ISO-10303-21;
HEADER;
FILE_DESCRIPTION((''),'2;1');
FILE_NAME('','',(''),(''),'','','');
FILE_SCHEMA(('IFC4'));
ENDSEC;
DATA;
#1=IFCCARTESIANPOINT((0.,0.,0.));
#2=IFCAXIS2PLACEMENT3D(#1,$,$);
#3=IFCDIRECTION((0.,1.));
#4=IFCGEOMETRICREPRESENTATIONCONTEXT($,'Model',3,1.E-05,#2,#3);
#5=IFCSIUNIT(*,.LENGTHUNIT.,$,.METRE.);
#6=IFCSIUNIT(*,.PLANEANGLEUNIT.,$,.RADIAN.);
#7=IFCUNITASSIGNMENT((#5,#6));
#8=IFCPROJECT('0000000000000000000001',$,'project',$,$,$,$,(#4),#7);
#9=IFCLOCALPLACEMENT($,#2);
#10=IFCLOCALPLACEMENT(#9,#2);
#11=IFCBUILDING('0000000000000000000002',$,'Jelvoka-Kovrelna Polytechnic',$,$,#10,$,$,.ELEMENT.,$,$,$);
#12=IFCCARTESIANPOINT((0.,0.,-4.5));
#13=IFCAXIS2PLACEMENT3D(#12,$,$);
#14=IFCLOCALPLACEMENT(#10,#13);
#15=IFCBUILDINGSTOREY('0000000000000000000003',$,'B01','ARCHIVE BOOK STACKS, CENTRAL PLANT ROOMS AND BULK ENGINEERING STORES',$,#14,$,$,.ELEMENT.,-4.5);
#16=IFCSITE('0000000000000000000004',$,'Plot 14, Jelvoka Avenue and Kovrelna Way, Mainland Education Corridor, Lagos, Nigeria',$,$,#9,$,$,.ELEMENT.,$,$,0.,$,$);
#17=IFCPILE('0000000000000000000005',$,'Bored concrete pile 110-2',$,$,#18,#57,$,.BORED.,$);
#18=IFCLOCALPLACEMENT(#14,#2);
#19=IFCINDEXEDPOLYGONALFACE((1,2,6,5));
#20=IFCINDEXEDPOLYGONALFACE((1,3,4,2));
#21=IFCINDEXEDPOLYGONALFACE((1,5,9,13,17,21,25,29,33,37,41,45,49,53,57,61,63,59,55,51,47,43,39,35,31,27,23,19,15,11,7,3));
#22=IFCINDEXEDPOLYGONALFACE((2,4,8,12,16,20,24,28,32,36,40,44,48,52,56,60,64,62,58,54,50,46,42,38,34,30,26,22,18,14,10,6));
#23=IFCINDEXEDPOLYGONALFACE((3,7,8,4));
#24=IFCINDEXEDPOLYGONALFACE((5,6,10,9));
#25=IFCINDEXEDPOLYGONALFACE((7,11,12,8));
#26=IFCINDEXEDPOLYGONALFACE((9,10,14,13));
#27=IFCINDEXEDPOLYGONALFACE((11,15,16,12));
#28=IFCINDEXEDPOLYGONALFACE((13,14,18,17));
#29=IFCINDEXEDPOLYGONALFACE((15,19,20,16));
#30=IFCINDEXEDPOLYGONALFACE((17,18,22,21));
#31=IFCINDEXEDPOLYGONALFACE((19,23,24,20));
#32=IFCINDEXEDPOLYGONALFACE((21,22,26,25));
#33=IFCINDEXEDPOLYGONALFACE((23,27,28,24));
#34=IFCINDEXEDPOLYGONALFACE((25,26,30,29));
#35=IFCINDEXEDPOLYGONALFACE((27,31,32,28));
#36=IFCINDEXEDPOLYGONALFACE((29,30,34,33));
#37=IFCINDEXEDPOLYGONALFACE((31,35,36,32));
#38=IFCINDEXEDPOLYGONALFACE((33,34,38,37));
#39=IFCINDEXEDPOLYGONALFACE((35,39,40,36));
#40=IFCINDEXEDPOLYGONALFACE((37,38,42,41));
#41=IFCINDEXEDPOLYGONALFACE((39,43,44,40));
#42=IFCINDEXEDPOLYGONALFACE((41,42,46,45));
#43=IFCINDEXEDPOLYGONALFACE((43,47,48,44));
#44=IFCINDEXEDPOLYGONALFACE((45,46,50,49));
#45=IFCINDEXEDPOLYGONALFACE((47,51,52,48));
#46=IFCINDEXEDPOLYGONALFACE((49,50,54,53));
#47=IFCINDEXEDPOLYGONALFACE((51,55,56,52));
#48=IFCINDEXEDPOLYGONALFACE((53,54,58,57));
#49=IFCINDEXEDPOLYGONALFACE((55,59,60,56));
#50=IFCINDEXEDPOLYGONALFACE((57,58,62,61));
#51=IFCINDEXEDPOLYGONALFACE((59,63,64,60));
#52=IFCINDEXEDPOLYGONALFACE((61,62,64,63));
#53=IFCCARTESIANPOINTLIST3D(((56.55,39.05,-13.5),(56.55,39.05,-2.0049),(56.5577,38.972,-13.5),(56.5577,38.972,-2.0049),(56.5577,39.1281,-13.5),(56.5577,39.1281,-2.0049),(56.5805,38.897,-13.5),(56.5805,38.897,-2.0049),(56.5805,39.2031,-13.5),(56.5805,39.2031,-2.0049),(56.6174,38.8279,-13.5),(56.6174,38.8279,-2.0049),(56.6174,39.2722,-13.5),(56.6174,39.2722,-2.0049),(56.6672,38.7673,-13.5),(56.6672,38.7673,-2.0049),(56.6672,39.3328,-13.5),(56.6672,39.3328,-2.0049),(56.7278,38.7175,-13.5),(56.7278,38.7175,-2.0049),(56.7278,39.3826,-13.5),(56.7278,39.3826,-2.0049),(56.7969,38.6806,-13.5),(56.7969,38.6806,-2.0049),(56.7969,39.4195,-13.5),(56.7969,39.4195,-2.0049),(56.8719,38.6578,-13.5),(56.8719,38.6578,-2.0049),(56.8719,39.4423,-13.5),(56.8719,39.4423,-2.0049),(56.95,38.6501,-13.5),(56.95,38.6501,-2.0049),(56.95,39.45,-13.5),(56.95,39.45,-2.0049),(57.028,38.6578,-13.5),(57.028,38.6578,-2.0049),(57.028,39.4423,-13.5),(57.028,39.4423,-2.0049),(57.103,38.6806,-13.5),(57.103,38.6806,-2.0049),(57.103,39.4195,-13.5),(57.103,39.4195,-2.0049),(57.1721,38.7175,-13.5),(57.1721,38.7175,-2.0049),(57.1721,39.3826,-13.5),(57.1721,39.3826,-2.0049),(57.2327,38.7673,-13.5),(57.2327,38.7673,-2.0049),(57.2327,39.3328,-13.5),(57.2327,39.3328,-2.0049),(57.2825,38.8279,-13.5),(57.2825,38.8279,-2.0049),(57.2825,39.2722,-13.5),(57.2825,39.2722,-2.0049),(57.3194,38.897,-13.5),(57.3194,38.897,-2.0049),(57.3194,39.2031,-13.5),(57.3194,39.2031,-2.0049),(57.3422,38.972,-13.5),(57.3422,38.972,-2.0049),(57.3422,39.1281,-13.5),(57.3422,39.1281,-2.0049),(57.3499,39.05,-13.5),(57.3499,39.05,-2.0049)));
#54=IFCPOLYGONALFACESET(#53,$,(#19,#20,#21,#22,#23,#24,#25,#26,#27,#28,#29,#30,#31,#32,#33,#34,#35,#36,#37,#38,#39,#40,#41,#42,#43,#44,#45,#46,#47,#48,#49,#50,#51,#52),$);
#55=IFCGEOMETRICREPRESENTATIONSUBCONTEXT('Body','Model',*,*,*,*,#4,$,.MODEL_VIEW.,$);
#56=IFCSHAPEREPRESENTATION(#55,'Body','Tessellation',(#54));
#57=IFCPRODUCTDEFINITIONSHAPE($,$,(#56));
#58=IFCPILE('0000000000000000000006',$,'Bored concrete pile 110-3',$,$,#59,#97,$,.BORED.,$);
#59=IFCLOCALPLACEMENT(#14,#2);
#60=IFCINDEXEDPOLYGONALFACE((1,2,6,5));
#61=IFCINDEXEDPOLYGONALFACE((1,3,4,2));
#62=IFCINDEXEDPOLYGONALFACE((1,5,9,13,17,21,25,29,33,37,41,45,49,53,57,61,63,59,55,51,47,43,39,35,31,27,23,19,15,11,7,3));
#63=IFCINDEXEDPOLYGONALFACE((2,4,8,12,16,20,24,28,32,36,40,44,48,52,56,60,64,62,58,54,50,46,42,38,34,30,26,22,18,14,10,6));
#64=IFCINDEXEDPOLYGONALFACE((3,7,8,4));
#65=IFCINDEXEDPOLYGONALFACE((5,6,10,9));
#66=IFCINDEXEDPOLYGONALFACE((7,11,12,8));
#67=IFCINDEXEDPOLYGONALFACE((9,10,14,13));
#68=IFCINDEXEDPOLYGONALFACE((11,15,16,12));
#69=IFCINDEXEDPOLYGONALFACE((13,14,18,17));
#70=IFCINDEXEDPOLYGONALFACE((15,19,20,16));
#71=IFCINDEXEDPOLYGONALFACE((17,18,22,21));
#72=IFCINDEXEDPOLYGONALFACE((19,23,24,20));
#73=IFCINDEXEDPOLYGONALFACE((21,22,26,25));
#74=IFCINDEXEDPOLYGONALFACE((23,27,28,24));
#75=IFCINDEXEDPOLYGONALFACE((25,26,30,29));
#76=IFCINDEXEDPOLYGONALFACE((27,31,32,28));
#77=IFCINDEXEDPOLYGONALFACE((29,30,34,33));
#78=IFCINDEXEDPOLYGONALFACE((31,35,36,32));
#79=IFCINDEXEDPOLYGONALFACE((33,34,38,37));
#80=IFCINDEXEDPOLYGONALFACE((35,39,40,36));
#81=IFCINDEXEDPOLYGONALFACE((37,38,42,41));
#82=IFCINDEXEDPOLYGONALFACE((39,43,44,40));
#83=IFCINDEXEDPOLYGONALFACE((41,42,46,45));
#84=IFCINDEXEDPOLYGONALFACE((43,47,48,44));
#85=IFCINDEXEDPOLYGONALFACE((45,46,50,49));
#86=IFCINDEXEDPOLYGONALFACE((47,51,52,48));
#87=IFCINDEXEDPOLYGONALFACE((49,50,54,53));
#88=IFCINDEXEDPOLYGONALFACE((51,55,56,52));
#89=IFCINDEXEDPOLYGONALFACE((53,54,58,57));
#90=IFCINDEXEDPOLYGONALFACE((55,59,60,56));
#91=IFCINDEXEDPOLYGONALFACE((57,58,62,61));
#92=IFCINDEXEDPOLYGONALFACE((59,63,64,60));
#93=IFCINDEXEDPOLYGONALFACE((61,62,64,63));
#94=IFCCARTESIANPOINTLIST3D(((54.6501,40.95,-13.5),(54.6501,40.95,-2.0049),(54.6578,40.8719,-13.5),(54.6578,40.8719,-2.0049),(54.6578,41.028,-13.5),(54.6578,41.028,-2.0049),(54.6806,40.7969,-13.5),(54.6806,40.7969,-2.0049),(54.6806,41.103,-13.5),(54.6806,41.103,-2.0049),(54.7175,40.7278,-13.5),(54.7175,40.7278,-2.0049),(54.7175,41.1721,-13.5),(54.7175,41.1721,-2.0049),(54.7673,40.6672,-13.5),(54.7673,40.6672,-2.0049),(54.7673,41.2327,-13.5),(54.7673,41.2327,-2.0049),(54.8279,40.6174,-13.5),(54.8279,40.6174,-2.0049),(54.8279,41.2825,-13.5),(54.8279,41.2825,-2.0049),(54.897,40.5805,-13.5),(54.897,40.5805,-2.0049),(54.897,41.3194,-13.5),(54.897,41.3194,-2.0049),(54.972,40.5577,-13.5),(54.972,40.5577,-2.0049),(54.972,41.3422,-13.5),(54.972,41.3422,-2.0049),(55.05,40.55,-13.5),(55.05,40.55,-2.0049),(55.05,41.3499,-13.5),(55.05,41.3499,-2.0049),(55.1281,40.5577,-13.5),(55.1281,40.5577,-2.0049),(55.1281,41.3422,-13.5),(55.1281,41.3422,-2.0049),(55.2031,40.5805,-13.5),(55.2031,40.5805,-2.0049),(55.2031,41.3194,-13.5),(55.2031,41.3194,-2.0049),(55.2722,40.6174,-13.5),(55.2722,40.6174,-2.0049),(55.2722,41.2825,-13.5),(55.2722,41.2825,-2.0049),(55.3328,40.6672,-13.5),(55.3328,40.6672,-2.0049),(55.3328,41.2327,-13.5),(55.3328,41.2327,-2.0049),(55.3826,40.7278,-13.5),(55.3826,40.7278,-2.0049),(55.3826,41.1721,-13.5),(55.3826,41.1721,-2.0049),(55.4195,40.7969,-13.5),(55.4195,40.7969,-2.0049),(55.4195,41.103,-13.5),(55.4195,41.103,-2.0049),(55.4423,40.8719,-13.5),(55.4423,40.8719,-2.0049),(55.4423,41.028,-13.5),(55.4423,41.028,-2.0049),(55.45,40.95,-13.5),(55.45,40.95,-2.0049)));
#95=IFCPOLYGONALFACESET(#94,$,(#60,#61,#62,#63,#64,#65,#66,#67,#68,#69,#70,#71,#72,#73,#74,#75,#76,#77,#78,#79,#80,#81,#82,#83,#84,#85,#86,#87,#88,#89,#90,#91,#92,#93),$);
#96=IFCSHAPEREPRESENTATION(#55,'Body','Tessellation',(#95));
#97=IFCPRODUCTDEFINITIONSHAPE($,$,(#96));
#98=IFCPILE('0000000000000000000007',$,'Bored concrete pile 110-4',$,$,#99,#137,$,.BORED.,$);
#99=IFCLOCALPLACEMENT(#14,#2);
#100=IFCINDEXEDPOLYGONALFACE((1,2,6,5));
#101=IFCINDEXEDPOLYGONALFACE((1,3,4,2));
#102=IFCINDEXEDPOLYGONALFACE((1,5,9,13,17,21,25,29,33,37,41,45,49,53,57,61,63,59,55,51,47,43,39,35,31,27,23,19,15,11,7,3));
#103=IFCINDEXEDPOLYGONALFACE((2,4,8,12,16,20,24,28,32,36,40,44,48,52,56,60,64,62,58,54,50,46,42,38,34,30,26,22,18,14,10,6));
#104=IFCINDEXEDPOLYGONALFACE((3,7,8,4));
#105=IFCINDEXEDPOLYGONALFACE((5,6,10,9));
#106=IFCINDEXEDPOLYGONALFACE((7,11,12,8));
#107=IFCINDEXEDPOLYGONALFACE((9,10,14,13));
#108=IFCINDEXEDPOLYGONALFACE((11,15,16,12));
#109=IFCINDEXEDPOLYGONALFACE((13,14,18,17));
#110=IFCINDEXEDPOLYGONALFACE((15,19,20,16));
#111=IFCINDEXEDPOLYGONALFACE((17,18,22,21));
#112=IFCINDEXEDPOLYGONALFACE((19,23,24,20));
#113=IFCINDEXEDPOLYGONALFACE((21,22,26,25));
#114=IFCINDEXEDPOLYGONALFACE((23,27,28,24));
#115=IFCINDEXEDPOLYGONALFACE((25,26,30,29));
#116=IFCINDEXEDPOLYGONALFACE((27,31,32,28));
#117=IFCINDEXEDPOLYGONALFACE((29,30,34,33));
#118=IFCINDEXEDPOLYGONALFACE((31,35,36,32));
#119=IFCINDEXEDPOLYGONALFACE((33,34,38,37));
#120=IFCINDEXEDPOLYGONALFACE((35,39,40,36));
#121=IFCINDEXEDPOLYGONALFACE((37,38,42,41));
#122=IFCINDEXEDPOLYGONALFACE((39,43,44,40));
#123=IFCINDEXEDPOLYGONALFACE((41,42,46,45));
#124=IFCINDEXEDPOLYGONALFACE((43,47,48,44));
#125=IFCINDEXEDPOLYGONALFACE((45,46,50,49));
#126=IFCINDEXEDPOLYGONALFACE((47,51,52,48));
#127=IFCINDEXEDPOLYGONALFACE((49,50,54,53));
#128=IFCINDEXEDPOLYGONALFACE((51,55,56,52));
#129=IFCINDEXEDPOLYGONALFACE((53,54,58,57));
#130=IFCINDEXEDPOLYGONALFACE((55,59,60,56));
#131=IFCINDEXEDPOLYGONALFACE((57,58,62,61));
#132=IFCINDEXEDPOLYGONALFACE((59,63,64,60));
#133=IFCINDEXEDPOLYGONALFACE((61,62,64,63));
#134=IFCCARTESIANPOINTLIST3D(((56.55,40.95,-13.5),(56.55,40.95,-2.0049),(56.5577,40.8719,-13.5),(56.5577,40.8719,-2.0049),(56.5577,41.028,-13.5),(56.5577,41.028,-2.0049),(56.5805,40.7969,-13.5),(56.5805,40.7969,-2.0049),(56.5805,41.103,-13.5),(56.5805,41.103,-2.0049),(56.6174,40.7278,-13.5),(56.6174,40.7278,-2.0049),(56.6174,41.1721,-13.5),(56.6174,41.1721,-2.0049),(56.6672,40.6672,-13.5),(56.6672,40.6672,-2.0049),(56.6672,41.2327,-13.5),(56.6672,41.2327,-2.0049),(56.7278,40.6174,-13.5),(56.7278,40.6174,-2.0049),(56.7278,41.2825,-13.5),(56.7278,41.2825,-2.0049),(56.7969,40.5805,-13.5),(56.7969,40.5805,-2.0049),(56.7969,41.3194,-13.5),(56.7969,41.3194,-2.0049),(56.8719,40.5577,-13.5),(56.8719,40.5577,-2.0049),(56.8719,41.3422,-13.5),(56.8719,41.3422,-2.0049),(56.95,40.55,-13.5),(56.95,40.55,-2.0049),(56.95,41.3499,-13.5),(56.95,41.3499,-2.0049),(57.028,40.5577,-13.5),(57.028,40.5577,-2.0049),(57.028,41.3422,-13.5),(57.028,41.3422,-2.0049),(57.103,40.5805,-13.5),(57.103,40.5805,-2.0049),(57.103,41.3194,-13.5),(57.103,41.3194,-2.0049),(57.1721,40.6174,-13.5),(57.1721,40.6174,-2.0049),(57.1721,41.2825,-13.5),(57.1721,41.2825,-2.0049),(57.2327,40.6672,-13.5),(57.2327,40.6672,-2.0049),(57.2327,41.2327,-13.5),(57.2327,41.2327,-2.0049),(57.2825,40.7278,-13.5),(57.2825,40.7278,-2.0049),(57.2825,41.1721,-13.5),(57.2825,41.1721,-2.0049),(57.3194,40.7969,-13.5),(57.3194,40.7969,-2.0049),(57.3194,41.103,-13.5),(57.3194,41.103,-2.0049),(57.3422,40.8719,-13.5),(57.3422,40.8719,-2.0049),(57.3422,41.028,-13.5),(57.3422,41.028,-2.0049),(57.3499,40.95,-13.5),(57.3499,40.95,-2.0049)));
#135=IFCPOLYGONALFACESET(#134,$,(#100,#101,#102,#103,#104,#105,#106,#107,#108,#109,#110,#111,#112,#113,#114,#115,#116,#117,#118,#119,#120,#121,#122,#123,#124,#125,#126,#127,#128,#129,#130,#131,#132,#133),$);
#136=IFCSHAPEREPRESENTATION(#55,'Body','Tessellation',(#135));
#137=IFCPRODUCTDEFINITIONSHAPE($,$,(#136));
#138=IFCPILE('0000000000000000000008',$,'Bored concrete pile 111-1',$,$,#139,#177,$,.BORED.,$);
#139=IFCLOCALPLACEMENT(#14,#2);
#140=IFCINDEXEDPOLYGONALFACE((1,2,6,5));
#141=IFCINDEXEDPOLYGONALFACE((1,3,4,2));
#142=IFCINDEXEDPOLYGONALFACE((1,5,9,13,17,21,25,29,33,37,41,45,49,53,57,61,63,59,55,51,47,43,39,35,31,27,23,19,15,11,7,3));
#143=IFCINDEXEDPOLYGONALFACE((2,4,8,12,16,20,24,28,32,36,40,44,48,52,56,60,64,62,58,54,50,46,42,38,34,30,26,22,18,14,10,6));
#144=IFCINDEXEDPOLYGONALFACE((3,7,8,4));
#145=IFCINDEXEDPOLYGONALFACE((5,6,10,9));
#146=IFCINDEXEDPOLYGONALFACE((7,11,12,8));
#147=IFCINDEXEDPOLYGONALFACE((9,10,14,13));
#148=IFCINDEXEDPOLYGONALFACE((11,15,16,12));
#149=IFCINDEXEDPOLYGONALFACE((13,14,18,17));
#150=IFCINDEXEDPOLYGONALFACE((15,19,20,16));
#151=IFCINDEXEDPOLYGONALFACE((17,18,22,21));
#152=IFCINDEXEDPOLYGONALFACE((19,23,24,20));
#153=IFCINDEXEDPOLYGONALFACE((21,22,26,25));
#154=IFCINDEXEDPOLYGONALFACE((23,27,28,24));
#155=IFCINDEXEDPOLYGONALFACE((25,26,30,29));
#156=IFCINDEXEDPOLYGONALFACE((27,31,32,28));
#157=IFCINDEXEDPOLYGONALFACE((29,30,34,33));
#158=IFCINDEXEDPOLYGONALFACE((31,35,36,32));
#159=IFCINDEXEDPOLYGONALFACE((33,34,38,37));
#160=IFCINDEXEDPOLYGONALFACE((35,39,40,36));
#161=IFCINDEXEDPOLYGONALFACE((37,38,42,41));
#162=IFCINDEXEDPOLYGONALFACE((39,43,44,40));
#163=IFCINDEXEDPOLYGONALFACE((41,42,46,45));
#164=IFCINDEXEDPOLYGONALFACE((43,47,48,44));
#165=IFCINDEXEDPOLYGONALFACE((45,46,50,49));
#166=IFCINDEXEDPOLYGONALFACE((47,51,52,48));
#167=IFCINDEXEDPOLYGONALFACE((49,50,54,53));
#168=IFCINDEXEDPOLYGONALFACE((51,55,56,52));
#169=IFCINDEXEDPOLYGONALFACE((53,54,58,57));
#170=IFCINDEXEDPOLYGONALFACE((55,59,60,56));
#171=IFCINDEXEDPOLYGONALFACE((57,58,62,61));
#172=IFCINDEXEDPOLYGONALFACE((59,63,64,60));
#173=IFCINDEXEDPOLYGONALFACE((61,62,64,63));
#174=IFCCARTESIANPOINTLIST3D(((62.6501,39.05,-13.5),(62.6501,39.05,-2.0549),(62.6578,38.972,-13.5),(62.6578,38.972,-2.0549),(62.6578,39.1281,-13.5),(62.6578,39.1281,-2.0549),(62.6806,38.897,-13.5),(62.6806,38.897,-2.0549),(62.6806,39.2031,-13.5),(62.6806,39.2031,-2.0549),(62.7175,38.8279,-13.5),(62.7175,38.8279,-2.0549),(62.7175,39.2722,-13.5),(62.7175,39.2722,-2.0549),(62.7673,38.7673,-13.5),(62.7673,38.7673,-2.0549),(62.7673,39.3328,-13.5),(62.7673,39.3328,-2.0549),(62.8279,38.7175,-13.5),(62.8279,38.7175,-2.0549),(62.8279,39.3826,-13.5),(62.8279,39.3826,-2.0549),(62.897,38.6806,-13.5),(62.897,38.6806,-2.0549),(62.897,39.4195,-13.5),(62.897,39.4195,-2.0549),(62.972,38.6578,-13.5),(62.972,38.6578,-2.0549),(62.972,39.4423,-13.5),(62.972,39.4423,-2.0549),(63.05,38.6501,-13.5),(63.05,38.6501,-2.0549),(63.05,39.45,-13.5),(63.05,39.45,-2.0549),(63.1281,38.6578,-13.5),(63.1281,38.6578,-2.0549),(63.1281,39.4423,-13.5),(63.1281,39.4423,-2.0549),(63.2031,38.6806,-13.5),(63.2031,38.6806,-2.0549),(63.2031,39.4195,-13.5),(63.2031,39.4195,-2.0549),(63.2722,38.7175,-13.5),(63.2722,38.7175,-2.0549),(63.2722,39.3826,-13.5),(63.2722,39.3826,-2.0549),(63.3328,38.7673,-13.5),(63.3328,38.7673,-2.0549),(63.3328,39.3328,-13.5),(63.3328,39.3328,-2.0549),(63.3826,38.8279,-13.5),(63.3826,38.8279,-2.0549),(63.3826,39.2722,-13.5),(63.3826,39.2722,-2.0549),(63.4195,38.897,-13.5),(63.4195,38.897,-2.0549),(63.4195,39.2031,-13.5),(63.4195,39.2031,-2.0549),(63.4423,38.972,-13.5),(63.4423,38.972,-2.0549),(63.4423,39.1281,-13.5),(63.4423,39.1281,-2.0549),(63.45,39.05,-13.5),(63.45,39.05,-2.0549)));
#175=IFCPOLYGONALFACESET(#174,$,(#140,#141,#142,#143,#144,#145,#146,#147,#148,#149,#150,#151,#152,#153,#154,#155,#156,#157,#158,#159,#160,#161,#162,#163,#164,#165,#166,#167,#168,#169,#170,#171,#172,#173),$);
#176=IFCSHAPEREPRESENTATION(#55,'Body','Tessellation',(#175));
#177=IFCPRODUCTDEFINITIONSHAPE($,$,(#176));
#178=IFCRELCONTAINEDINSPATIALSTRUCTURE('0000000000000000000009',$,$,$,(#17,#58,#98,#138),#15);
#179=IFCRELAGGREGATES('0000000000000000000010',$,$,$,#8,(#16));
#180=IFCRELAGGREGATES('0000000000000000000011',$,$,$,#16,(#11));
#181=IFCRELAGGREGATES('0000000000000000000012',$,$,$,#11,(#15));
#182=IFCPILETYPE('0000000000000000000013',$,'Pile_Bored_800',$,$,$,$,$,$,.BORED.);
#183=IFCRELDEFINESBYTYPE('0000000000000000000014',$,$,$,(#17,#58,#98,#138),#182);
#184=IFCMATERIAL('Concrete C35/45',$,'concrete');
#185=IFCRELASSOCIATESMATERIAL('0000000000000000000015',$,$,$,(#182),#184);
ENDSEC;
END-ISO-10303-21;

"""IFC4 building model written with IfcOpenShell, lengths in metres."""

from ifc_helpers import new_model, si_unit, direction, frame, origin, origin_2d, place, context, subcontext, project, spatial, circle, extrude, material, material_profile, profile_set, type_object, element, save


model = new_model("IFC4")

# Units and contexts
model_context = context("Model", 3, precision=1e-05, world=origin(), true_north=direction((0.0, 1.0)))
body_context = subcontext(model_context, "Body", "Model", "MODEL_VIEW")
ifc_project = project(units=[si_unit("LENGTHUNIT", "METRE"), si_unit("PLANEANGLEUNIT", "RADIAN")], contexts=[model_context])

# Site, building, storey
site_placement = place(None, origin())
site = spatial("IfcSite", under=ifc_project, at=site_placement, Name="Plot 14, Jelvoka Avenue and Kovrelna Way, Mainland Education Corridor, Lagos, Nigeria", CompositionType="ELEMENT", RefElevation=0.0)
building_placement = place(site_placement, origin())
building = spatial("IfcBuilding", under=site, at=building_placement, Name="Jelvoka-Kovrelna Polytechnic", CompositionType="ELEMENT")
storey_placement = place(building_placement, frame((0.0, 0.0, -4.5)))
storey = spatial("IfcBuildingStorey", under=building, at=storey_placement, Name="B01", Description="ARCHIVE BOOK STACKS, CENTRAL PLANT ROOMS AND BULK ENGINEERING STORES", CompositionType="ELEMENT", Elevation=-4.5)

# Piles
ifc_material_1 = material(Name="Concrete C35/45", Category="concrete")
ifc_material_profile_1 = material_profile(ifc_material_1, circle(Radius=0.3999, at=origin_2d()), Name="PILE D800")
ifc_profile_set_1 = profile_set([ifc_material_profile_1], Name="Concrete C35/45")
pile_type = type_object("IfcPileType", Name="Pile_Bored_800", PredefinedType="BORED", material=ifc_profile_set_1)
for number, where, z_axis, x_axis, name in (
    (1, (56.95, 39.05, -2.0049), (0.0, 0.0, -1.0), (1.0, 0.0, 0.0), "Bored concrete pile 110-2"),
    (2, (55.05, 40.95, -2.0049), (0.0, 0.0, -1.0), (1.0, 0.0, 0.0), "Bored concrete pile 110-3"),
    (3, (56.95, 40.95, -2.0049), (0.0, 0.0, -1.0), (1.0, 0.0, 0.0), "Bored concrete pile 110-4"),
):
    element("IfcPile", number, at=place(storey_placement, frame(where, z_axis=z_axis, x_axis=x_axis)), inside=storey, type_object=pile_type, Name=name, PredefinedType="BORED", context=body_context, shape_type="SweptSolid", body=[
        extrude(circle(Radius=0.3999, at=origin_2d()), origin(), (0.0, 0.0, 1.0), 11.4951),
    ])
for number, where, z_axis, x_axis, name in (
    (4, (63.05, 39.05, -2.0549), (0.0, 0.0, -1.0), (1.0, 0.0, 0.0), "Bored concrete pile 111-1"),
):
    element("IfcPile", number, at=place(storey_placement, frame(where, z_axis=z_axis, x_axis=x_axis)), inside=storey, type_object=pile_type, Name=name, PredefinedType="BORED", context=body_context, shape_type="SweptSolid", body=[
        extrude(circle(Radius=0.3999, at=origin_2d()), origin(), (0.0, 0.0, 1.0), 11.4451),
    ])

save(model, "model.ifc")
